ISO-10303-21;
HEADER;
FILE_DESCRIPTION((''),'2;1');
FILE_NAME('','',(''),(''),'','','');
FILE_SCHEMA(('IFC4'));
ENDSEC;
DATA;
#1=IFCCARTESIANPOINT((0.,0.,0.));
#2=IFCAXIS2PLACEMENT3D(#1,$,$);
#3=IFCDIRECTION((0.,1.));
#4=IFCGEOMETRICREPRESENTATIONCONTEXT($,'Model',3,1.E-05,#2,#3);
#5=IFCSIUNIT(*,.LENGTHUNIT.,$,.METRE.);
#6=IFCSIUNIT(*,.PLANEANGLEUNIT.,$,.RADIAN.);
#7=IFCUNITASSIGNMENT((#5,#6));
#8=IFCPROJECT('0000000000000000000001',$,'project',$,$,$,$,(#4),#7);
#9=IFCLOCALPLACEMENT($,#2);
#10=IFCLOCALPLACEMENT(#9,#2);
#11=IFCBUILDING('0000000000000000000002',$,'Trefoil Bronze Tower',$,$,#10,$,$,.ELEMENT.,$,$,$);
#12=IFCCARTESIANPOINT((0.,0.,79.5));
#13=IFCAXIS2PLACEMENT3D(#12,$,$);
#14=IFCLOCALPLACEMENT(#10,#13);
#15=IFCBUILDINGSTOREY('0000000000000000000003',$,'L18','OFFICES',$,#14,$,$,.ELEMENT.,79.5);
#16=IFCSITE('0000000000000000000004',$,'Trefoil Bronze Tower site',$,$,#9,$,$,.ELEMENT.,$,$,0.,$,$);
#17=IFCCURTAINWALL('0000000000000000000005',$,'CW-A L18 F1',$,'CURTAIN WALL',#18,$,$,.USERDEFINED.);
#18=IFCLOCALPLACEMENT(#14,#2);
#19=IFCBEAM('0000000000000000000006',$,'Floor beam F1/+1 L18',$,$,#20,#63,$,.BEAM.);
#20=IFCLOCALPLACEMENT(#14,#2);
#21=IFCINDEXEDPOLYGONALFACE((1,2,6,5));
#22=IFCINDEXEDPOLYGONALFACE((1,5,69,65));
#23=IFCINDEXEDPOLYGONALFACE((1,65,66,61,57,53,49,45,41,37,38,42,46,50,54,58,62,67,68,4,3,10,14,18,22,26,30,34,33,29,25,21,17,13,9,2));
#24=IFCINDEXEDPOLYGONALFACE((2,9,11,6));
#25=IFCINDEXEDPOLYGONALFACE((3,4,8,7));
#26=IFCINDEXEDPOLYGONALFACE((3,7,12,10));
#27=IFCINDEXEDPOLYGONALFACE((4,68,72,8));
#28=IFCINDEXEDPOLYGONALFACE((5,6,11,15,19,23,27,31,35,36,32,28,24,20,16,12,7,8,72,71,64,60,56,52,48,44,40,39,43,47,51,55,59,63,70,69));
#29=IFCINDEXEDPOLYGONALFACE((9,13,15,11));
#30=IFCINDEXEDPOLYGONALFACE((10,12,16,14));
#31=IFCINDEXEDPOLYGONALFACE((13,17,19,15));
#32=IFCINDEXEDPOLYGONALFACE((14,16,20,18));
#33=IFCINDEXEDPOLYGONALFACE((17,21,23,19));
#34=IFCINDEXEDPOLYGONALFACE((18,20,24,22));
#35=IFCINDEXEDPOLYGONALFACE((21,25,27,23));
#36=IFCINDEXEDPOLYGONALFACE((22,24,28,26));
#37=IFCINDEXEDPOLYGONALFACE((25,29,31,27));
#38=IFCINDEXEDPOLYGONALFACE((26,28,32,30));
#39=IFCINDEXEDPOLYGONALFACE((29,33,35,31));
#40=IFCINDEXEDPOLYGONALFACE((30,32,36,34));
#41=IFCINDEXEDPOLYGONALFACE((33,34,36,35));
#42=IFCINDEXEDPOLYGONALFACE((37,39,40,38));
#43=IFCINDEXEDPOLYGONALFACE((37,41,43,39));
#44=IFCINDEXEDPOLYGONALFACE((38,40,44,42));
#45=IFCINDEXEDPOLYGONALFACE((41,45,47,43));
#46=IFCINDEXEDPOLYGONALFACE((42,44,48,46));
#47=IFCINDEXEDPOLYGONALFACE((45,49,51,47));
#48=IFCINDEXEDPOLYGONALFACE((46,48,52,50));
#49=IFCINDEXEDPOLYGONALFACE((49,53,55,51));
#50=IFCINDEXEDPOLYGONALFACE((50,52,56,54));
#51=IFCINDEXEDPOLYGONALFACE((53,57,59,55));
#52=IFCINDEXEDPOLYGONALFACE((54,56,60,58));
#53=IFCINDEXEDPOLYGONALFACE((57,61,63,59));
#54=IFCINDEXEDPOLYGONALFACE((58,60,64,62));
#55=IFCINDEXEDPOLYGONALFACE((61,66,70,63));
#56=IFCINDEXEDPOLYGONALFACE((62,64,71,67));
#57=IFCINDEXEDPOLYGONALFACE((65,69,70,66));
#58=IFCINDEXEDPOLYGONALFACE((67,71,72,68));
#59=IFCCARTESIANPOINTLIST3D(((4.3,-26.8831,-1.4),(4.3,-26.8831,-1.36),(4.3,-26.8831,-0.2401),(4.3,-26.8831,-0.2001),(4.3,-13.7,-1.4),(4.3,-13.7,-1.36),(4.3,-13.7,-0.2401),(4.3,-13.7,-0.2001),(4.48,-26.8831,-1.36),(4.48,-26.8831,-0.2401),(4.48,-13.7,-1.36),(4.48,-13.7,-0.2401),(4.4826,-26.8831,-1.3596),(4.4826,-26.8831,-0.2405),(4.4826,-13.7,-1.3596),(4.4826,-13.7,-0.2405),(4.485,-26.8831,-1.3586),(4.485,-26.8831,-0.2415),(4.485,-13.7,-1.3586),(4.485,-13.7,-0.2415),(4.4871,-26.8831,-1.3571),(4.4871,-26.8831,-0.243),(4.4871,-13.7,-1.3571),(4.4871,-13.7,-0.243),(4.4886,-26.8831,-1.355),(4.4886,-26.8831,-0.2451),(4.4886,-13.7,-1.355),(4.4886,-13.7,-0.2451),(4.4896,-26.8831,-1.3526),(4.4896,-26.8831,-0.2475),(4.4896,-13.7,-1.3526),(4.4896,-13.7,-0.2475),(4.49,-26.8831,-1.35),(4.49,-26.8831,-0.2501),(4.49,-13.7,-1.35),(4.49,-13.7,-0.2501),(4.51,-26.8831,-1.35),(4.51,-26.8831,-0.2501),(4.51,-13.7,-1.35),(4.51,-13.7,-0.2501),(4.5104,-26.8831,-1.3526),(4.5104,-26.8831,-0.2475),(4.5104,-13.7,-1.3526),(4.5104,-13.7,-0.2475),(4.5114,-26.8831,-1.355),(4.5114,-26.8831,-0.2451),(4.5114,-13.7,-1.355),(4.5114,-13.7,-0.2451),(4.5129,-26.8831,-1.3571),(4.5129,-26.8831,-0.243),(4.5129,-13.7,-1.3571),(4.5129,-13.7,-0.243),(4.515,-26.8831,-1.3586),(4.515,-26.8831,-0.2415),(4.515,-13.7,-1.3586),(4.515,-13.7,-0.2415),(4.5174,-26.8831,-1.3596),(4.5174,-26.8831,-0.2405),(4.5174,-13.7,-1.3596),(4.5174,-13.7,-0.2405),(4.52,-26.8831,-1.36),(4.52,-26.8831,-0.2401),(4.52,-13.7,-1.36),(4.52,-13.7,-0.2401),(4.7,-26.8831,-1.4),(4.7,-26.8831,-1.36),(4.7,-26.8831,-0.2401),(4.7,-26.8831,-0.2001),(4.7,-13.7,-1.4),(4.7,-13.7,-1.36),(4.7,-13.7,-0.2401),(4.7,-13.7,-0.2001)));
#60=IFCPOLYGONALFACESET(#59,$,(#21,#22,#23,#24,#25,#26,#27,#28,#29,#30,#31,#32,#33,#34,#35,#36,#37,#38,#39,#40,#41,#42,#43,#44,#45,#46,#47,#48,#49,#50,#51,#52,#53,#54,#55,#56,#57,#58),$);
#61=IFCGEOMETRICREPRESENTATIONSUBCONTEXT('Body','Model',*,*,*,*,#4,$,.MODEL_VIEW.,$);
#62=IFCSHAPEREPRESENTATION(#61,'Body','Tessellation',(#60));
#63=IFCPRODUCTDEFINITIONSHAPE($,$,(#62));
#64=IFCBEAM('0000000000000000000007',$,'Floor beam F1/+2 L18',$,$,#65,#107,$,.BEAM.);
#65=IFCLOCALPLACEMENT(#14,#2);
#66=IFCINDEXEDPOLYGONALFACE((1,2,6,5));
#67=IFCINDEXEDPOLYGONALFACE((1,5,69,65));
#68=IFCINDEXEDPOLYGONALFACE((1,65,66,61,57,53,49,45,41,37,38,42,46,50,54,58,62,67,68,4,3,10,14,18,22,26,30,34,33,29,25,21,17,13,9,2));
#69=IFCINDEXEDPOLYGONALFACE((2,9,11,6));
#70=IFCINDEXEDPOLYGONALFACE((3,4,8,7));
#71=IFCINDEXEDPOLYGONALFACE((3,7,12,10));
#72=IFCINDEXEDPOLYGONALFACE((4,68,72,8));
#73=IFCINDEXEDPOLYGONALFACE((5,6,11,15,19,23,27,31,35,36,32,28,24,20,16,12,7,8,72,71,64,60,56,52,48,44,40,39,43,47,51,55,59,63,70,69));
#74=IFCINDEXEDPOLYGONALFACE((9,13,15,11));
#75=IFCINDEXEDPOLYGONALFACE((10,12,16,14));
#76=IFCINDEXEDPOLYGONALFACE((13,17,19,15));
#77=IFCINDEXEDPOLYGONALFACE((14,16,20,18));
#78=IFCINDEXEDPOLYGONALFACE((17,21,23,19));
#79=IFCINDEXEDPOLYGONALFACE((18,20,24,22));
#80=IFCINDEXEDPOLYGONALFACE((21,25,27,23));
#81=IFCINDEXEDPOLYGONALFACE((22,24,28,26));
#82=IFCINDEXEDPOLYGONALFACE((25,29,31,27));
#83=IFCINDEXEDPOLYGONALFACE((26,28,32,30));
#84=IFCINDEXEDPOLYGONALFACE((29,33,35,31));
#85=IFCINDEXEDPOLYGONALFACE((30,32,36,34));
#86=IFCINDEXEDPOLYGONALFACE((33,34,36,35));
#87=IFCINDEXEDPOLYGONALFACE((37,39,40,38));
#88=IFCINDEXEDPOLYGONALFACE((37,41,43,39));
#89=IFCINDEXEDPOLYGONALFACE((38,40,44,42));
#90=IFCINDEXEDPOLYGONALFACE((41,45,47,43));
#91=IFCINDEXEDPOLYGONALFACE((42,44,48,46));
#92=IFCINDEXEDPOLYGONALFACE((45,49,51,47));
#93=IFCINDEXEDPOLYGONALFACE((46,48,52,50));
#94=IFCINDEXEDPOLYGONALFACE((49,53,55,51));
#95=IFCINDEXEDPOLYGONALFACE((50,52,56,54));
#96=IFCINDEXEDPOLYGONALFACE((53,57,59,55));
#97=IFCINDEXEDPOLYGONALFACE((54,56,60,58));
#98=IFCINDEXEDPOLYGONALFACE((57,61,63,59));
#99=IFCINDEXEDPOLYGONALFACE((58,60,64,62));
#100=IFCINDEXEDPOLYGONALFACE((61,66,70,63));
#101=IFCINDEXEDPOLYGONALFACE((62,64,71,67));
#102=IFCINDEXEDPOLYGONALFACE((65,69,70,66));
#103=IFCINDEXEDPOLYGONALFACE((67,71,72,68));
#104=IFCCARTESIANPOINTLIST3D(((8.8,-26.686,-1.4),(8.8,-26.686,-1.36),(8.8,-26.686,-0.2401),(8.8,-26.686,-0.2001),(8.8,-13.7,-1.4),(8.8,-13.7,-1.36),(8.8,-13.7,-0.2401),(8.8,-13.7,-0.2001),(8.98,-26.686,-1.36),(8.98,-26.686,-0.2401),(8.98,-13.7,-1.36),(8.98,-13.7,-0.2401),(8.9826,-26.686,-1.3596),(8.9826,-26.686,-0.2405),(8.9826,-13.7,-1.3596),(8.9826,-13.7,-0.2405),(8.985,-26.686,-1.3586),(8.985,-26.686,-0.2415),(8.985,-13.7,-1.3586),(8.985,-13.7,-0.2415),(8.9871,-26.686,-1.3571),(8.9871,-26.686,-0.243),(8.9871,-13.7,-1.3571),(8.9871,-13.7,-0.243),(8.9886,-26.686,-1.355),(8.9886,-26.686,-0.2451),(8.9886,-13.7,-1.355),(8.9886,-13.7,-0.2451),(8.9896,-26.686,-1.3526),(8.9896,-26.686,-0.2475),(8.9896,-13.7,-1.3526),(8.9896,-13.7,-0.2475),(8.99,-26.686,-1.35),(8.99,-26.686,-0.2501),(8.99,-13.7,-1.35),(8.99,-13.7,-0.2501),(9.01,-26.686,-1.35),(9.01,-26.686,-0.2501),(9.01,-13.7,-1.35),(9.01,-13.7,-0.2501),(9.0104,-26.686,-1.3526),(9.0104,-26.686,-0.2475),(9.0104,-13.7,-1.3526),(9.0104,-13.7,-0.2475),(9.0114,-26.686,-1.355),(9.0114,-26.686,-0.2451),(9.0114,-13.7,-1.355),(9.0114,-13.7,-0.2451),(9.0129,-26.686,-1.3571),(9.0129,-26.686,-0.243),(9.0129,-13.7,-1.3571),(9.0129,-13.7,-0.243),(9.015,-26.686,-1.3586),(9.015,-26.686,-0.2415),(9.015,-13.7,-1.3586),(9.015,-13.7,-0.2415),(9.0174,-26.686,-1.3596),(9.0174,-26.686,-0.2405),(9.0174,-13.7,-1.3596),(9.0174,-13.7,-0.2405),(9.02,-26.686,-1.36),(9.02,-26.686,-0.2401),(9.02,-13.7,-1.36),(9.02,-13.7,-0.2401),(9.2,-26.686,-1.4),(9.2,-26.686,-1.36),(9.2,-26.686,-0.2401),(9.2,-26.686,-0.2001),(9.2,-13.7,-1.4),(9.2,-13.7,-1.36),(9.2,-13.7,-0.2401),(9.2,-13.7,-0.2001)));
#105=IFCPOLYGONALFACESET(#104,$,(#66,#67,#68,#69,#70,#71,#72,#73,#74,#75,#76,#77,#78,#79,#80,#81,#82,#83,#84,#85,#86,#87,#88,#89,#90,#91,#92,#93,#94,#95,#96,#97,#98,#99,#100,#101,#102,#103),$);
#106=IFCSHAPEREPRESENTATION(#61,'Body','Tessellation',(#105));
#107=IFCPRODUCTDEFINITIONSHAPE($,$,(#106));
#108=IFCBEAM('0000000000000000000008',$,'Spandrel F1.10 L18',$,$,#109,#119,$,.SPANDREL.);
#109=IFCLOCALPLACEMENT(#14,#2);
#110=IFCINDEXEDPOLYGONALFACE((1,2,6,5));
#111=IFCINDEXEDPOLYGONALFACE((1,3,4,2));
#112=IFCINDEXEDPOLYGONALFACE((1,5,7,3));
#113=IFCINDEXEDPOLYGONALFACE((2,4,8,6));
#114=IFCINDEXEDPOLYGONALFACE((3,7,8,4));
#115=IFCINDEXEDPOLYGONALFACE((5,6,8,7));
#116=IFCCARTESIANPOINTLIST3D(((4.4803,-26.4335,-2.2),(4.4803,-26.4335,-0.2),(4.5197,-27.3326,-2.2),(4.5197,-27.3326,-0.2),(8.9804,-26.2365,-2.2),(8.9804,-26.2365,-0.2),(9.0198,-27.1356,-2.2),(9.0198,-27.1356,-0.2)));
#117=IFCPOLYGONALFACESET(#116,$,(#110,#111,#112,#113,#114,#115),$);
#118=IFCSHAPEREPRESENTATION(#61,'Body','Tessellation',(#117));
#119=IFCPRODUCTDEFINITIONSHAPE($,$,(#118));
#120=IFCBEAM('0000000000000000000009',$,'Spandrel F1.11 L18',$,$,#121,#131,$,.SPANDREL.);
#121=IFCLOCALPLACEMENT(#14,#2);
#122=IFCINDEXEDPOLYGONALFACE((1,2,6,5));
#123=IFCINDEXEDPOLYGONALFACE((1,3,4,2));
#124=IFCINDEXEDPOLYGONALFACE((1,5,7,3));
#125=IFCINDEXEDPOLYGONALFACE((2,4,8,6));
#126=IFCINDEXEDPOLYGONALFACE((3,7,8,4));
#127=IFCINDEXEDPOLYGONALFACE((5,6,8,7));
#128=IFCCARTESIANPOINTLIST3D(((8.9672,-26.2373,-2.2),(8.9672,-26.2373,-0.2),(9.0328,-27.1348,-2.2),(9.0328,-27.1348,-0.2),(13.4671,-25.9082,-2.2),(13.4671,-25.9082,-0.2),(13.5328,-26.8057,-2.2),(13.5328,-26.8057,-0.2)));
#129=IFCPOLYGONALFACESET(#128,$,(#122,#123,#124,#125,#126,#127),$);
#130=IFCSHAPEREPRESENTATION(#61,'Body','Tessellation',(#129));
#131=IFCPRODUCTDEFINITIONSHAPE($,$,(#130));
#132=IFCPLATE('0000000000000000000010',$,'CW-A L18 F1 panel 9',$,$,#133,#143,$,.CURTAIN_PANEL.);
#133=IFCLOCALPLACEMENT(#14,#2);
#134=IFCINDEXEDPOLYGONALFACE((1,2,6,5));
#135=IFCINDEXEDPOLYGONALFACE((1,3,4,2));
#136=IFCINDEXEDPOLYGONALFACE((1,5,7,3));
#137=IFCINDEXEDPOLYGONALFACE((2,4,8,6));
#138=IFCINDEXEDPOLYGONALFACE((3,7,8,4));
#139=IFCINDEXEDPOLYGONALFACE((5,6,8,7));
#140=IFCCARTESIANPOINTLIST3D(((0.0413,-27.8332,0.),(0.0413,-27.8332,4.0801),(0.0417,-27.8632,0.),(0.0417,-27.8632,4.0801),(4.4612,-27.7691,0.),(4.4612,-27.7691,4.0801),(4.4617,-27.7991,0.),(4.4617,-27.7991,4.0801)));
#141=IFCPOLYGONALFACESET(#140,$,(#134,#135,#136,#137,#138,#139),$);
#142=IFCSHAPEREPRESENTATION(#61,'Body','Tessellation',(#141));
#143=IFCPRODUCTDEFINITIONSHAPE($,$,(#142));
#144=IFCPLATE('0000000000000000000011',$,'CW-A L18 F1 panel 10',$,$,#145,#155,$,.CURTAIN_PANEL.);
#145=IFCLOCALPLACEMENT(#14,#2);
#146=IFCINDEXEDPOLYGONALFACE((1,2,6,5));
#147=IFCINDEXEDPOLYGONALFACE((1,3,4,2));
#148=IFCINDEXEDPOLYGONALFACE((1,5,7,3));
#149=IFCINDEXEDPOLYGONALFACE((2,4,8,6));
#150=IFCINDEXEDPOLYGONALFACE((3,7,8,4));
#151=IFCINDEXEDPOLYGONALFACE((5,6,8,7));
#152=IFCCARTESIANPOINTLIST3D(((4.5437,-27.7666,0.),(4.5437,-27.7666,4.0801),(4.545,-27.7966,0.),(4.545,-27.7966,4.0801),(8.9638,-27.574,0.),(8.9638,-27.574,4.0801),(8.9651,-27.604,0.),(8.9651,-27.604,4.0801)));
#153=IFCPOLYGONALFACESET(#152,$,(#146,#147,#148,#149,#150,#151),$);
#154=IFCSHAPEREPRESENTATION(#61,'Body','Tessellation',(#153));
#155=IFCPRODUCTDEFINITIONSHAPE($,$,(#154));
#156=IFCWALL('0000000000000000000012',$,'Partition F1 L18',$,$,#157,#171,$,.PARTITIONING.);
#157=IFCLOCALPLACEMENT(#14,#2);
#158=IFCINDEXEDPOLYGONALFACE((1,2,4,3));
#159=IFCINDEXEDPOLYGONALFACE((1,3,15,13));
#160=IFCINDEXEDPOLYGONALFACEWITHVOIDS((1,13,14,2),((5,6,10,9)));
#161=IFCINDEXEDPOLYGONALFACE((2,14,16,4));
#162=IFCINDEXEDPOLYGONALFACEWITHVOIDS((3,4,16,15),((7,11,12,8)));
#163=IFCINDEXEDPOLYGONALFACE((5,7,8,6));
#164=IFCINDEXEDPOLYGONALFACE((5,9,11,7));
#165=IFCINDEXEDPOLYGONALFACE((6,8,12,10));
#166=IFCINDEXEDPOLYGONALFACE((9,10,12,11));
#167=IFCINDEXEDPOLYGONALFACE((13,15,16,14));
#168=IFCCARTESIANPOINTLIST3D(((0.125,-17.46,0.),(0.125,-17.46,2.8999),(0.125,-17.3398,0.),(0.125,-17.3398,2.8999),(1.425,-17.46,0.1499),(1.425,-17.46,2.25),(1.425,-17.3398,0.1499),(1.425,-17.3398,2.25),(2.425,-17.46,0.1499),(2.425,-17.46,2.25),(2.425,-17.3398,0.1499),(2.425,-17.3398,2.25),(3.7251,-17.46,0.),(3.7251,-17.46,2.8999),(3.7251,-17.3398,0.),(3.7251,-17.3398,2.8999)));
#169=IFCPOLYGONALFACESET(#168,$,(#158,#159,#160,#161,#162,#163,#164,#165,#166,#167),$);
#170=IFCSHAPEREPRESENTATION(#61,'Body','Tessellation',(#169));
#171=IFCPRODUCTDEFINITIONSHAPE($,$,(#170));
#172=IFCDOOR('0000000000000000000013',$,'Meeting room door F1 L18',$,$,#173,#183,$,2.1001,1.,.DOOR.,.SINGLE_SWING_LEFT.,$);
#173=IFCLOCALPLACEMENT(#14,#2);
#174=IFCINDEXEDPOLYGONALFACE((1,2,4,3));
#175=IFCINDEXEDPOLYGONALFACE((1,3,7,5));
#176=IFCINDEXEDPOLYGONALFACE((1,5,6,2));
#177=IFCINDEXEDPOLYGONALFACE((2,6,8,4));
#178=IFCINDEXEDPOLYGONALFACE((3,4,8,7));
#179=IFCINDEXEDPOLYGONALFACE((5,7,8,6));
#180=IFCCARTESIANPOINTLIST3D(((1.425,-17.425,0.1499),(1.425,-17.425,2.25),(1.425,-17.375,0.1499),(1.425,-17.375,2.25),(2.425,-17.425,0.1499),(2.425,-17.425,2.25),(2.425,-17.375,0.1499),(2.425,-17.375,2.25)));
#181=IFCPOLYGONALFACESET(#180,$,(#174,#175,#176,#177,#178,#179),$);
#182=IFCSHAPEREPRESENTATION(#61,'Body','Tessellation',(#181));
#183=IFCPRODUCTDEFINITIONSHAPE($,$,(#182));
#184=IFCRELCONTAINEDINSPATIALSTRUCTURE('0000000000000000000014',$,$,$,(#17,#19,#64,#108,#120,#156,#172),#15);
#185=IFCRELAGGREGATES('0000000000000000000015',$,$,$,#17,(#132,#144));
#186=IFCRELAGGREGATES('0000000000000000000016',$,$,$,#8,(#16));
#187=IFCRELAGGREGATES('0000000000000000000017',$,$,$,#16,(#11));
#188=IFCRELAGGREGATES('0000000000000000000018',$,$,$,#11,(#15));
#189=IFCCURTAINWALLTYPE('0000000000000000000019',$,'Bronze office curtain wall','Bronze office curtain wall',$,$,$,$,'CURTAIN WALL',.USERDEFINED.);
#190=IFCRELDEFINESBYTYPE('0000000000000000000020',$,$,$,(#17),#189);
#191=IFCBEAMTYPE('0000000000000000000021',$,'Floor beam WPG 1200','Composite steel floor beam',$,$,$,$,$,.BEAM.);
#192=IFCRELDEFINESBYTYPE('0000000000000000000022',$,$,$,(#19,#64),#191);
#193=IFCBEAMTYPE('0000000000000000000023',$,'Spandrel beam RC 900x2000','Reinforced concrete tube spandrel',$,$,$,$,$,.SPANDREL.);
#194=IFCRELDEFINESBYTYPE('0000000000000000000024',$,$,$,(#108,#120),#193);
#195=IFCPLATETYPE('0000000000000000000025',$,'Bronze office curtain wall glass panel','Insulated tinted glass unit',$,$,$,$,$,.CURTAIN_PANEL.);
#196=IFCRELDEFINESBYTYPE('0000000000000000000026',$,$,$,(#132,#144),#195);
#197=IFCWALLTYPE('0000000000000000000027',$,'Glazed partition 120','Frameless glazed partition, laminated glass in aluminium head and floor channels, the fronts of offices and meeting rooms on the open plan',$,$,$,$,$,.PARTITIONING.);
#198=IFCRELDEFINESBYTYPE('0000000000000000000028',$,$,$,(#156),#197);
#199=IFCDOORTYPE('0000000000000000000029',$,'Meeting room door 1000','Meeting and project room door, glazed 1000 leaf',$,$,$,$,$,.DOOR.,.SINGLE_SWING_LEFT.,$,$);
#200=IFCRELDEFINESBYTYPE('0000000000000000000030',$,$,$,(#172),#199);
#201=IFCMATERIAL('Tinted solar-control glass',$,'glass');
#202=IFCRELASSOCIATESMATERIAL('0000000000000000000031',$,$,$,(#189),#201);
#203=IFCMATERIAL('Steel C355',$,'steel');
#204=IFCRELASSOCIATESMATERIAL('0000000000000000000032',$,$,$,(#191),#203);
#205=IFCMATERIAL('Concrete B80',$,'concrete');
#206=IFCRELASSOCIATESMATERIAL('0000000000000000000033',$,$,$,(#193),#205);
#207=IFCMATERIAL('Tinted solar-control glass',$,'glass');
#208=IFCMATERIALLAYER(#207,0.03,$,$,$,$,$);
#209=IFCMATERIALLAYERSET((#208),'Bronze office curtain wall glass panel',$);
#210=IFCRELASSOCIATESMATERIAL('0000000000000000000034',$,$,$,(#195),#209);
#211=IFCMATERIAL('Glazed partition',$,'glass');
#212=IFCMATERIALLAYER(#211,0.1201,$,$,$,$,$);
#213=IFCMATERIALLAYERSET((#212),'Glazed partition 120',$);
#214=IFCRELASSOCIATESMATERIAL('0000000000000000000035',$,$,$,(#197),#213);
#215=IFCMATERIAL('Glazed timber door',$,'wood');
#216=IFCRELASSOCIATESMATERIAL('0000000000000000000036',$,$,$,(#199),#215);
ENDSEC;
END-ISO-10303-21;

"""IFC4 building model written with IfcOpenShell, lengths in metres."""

from ifc_helpers import new_model, si_unit, direction, frame, frame_2d, origin, origin_2d, place, context, subcontext, project, spatial, rectangle, i_section, extrude, material, layer, layer_set, material_profile, profile_set, type_object, element, fill, aggregate, save


model = new_model("IFC4")

# Units and contexts
model_context = context("Model", 3, precision=1e-05, world=origin(), true_north=direction((0.0, 1.0)))
body_context = subcontext(model_context, "Body", "Model", "MODEL_VIEW")
ifc_project = project(units=[si_unit("LENGTHUNIT", "METRE"), si_unit("PLANEANGLEUNIT", "RADIAN")], contexts=[model_context])

# Site, building, storey
site_placement = place(None, origin())
site = spatial("IfcSite", under=ifc_project, at=site_placement, Name="Trefoil Bronze Tower site", CompositionType="ELEMENT", RefElevation=0.0)
building_placement = place(site_placement, origin())
building = spatial("IfcBuilding", under=site, at=building_placement, Name="Trefoil Bronze Tower", CompositionType="ELEMENT")
storey_placement = place(building_placement, frame((0.0, 0.0, 79.5)))
storey = spatial("IfcBuildingStorey", under=building, at=storey_placement, Name="L18", Description="OFFICES", CompositionType="ELEMENT", Elevation=79.5)

# Curtain wall
ifc_material_1 = material(Name="Tinted solar-control glass", Category="glass")
curtain_wall_type = type_object("IfcCurtainWallType", Name="Bronze office curtain wall", Description="Bronze office curtain wall", ElementType="CURTAIN WALL", PredefinedType="USERDEFINED", material=ifc_material_1)
curtain_wall_placement = place(storey_placement, origin())
curtain_wall = element("IfcCurtainWall", 1, at=curtain_wall_placement, inside=storey, type_object=curtain_wall_type, Name="CW-A L18 F1", ObjectType="CURTAIN WALL", PredefinedType="USERDEFINED")

# Beams
ifc_material_2 = material(Name="Steel C355", Category="steel")
ifc_material_profile_1 = material_profile(ifc_material_2, i_section(OverallWidth=0.3999, OverallDepth=1.2, WebThickness=0.02, FlangeThickness=0.04, FilletRadius=0.01, at=origin_2d()), Name="WPG 1200")
ifc_profile_set_1 = profile_set([ifc_material_profile_1], Name="Steel C355")
beam_type_1 = type_object("IfcBeamType", Name="Floor beam WPG 1200", Description="Composite steel floor beam", PredefinedType="BEAM", material=ifc_profile_set_1)
beam_1_placement = place(storey_placement, frame((4.5, -26.8831, -0.8), z_axis=(0.0, 1.0, 0.0), x_axis=(-1.0, 0.0, 0.0)))
element("IfcBeam", 2, at=beam_1_placement, inside=storey, type_object=beam_type_1, Name="Floor beam F1/+1 L18", PredefinedType="BEAM", context=body_context, shape_type="SweptSolid", body=[
    extrude(i_section(OverallWidth=0.3999, OverallDepth=1.2, WebThickness=0.02, FlangeThickness=0.04, FilletRadius=0.01, at=origin_2d()), origin(), (0.0, 0.0, 1.0), 13.1831),
])
beam_2_placement = place(storey_placement, frame((9.0, -26.686, -0.8), z_axis=(0.0, 1.0, 0.0), x_axis=(-1.0, 0.0, 0.0)))
element("IfcBeam", 3, at=beam_2_placement, inside=storey, type_object=beam_type_1, Name="Floor beam F1/+2 L18", PredefinedType="BEAM", context=body_context, shape_type="SweptSolid", body=[
    extrude(i_section(OverallWidth=0.3999, OverallDepth=1.2, WebThickness=0.02, FlangeThickness=0.04, FilletRadius=0.01, at=origin_2d()), origin(), (0.0, 0.0, 1.0), 12.9861),
])
ifc_material_3 = material(Name="Concrete B80", Category="concrete")
ifc_material_profile_2 = material_profile(ifc_material_3, rectangle(XDim=0.8999, YDim=2.0, at=origin_2d()), Name="RC 900x2000")
ifc_profile_set_2 = profile_set([ifc_material_profile_2], Name="Concrete B80")
beam_type_2 = type_object("IfcBeamType", Name="Spandrel beam RC 900x2000", Description="Reinforced concrete tube spandrel", PredefinedType="SPANDREL", material=ifc_profile_set_2)
beam_3_placement = place(storey_placement, frame((4.5, -26.8831, -1.2), z_axis=(0.999043, 0.043741, 0.0), x_axis=(-0.043741, 0.999043, 0.0)))
element("IfcBeam", 4, at=beam_3_placement, inside=storey, type_object=beam_type_2, Name="Spandrel F1.10 L18", PredefinedType="SPANDREL", context=body_context, shape_type="SweptSolid", body=[
    extrude(rectangle(XDim=0.8999, YDim=2.0, at=origin_2d()), origin(), (0.0, 0.0, 1.0), 4.5044),
])
beam_4_placement = place(storey_placement, frame((9.0, -26.686, -1.2), z_axis=(0.997336, 0.072939, 0.0), x_axis=(-0.072939, 0.997336, 0.0)))
element("IfcBeam", 5, at=beam_4_placement, inside=storey, type_object=beam_type_2, Name="Spandrel F1.11 L18", PredefinedType="SPANDREL", context=body_context, shape_type="SweptSolid", body=[
    extrude(rectangle(XDim=0.8999, YDim=2.0, at=origin_2d()), origin(), (0.0, 0.0, 1.0), 4.512),
])

# Plates
ifc_material_4 = material(Name="Tinted solar-control glass", Category="glass")
ifc_layer_1 = layer(ifc_material_4, 0.03)
ifc_layer_set_1 = layer_set([ifc_layer_1], Name="Bronze office curtain wall glass panel")
plate_type = type_object("IfcPlateType", Name="Bronze office curtain wall glass panel", Description="Insulated tinted glass unit", PredefinedType="CURTAIN_PANEL", material=ifc_layer_set_1)
plate_1_placement = place(storey_placement, frame((2.2515, -27.8162, 0.0), z_axis=(0.0, 0.0, 1.0), x_axis=(0.999895, 0.014509, 0.0)))
plate_1 = element("IfcPlate", 6, at=plate_1_placement, type_object=plate_type, Name="CW-A L18 F1 panel 9", PredefinedType="CURTAIN_PANEL", context=body_context, shape_type="SweptSolid", body=[
    extrude(rectangle(XDim=4.4204, YDim=0.03, at=origin_2d()), origin(), (0.0, 0.0, 1.0), 4.0801),
])
plate_2_placement = place(storey_placement, frame((6.7544, -27.6853, 0.0), z_axis=(0.0, 0.0, 1.0), x_axis=(0.999052, 0.043528, 0.0)))
plate_2 = element("IfcPlate", 7, at=plate_2_placement, type_object=plate_type, Name="CW-A L18 F1 panel 10", PredefinedType="CURTAIN_PANEL", context=body_context, shape_type="SweptSolid", body=[
    extrude(rectangle(XDim=4.4243, YDim=0.03, at=origin_2d()), origin(), (0.0, 0.0, 1.0), 4.0801),
])
aggregate(curtain_wall, [plate_1, plate_2])

# Wall, opening, door
ifc_material_5 = material(Name="Glazed partition", Category="glass")
ifc_layer_2 = layer(ifc_material_5, 0.1201)
ifc_layer_set_2 = layer_set([ifc_layer_2], Name="Glazed partition 120")
wall_type = type_object("IfcWallType", Name="Glazed partition 120", Description="Frameless glazed partition, laminated glass in aluminium head and floor channels, the fronts of offices and meeting rooms on the open plan", PredefinedType="PARTITIONING", material=ifc_layer_set_2)
wall_placement = place(storey_placement, frame((0.125, -17.3999, 0.0), z_axis=(0.0, 0.0, 1.0), x_axis=(1.0, 0.0, 0.0)))
wall = element("IfcWall", 8, at=wall_placement, inside=storey, type_object=wall_type, Name="Partition F1 L18", PredefinedType="PARTITIONING", context=body_context, shape_type="SweptSolid", body=[
    extrude(rectangle(XDim=3.6001, YDim=0.1201, at=frame_2d((1.8, 0.0))), origin(), (0.0, 0.0, 1.0), 2.8999),
])
opening_placement = place(wall_placement, frame((1.3, 0.0, 0.1499)))
opening = element("IfcOpeningElement", 9, at=opening_placement, cuts=wall, PredefinedType="OPENING", context=body_context, shape_type="SweptSolid", body=[
    extrude(rectangle(XDim=1.0, YDim=2.1001, at=frame_2d((0.5, 1.05))), frame((0.0, 0.0701, 0.0), z_axis=(0.0, -1.0, 0.0), x_axis=(1.0, 0.0, 0.0)), (0.0, 0.0, 1.0), 0.1401),
])
ifc_material_6 = material(Name="Glazed timber door", Category="wood")
door_type = type_object("IfcDoorType", Name="Meeting room door 1000", Description="Meeting and project room door, glazed 1000 leaf", OperationType="SINGLE_SWING_LEFT", PredefinedType="DOOR", material=ifc_material_6)
door_placement = place(opening_placement, origin())
door = element("IfcDoor", 10, at=door_placement, inside=storey, type_object=door_type, Name="Meeting room door F1 L18", OperationType="SINGLE_SWING_LEFT", OverallHeight=2.1001, OverallWidth=1.0, PredefinedType="DOOR", context=body_context, shape_type="SweptSolid", body=[
    extrude(rectangle(XDim=1.0, YDim=2.1001, at=frame_2d((0.5, 1.05))), frame((0.0, 0.0249, 0.0), z_axis=(0.0, -1.0, 0.0), x_axis=(1.0, 0.0, 0.0)), (0.0, 0.0, 1.0), 0.05),
])
fill(opening, door)

save(model, "model.ifc")
